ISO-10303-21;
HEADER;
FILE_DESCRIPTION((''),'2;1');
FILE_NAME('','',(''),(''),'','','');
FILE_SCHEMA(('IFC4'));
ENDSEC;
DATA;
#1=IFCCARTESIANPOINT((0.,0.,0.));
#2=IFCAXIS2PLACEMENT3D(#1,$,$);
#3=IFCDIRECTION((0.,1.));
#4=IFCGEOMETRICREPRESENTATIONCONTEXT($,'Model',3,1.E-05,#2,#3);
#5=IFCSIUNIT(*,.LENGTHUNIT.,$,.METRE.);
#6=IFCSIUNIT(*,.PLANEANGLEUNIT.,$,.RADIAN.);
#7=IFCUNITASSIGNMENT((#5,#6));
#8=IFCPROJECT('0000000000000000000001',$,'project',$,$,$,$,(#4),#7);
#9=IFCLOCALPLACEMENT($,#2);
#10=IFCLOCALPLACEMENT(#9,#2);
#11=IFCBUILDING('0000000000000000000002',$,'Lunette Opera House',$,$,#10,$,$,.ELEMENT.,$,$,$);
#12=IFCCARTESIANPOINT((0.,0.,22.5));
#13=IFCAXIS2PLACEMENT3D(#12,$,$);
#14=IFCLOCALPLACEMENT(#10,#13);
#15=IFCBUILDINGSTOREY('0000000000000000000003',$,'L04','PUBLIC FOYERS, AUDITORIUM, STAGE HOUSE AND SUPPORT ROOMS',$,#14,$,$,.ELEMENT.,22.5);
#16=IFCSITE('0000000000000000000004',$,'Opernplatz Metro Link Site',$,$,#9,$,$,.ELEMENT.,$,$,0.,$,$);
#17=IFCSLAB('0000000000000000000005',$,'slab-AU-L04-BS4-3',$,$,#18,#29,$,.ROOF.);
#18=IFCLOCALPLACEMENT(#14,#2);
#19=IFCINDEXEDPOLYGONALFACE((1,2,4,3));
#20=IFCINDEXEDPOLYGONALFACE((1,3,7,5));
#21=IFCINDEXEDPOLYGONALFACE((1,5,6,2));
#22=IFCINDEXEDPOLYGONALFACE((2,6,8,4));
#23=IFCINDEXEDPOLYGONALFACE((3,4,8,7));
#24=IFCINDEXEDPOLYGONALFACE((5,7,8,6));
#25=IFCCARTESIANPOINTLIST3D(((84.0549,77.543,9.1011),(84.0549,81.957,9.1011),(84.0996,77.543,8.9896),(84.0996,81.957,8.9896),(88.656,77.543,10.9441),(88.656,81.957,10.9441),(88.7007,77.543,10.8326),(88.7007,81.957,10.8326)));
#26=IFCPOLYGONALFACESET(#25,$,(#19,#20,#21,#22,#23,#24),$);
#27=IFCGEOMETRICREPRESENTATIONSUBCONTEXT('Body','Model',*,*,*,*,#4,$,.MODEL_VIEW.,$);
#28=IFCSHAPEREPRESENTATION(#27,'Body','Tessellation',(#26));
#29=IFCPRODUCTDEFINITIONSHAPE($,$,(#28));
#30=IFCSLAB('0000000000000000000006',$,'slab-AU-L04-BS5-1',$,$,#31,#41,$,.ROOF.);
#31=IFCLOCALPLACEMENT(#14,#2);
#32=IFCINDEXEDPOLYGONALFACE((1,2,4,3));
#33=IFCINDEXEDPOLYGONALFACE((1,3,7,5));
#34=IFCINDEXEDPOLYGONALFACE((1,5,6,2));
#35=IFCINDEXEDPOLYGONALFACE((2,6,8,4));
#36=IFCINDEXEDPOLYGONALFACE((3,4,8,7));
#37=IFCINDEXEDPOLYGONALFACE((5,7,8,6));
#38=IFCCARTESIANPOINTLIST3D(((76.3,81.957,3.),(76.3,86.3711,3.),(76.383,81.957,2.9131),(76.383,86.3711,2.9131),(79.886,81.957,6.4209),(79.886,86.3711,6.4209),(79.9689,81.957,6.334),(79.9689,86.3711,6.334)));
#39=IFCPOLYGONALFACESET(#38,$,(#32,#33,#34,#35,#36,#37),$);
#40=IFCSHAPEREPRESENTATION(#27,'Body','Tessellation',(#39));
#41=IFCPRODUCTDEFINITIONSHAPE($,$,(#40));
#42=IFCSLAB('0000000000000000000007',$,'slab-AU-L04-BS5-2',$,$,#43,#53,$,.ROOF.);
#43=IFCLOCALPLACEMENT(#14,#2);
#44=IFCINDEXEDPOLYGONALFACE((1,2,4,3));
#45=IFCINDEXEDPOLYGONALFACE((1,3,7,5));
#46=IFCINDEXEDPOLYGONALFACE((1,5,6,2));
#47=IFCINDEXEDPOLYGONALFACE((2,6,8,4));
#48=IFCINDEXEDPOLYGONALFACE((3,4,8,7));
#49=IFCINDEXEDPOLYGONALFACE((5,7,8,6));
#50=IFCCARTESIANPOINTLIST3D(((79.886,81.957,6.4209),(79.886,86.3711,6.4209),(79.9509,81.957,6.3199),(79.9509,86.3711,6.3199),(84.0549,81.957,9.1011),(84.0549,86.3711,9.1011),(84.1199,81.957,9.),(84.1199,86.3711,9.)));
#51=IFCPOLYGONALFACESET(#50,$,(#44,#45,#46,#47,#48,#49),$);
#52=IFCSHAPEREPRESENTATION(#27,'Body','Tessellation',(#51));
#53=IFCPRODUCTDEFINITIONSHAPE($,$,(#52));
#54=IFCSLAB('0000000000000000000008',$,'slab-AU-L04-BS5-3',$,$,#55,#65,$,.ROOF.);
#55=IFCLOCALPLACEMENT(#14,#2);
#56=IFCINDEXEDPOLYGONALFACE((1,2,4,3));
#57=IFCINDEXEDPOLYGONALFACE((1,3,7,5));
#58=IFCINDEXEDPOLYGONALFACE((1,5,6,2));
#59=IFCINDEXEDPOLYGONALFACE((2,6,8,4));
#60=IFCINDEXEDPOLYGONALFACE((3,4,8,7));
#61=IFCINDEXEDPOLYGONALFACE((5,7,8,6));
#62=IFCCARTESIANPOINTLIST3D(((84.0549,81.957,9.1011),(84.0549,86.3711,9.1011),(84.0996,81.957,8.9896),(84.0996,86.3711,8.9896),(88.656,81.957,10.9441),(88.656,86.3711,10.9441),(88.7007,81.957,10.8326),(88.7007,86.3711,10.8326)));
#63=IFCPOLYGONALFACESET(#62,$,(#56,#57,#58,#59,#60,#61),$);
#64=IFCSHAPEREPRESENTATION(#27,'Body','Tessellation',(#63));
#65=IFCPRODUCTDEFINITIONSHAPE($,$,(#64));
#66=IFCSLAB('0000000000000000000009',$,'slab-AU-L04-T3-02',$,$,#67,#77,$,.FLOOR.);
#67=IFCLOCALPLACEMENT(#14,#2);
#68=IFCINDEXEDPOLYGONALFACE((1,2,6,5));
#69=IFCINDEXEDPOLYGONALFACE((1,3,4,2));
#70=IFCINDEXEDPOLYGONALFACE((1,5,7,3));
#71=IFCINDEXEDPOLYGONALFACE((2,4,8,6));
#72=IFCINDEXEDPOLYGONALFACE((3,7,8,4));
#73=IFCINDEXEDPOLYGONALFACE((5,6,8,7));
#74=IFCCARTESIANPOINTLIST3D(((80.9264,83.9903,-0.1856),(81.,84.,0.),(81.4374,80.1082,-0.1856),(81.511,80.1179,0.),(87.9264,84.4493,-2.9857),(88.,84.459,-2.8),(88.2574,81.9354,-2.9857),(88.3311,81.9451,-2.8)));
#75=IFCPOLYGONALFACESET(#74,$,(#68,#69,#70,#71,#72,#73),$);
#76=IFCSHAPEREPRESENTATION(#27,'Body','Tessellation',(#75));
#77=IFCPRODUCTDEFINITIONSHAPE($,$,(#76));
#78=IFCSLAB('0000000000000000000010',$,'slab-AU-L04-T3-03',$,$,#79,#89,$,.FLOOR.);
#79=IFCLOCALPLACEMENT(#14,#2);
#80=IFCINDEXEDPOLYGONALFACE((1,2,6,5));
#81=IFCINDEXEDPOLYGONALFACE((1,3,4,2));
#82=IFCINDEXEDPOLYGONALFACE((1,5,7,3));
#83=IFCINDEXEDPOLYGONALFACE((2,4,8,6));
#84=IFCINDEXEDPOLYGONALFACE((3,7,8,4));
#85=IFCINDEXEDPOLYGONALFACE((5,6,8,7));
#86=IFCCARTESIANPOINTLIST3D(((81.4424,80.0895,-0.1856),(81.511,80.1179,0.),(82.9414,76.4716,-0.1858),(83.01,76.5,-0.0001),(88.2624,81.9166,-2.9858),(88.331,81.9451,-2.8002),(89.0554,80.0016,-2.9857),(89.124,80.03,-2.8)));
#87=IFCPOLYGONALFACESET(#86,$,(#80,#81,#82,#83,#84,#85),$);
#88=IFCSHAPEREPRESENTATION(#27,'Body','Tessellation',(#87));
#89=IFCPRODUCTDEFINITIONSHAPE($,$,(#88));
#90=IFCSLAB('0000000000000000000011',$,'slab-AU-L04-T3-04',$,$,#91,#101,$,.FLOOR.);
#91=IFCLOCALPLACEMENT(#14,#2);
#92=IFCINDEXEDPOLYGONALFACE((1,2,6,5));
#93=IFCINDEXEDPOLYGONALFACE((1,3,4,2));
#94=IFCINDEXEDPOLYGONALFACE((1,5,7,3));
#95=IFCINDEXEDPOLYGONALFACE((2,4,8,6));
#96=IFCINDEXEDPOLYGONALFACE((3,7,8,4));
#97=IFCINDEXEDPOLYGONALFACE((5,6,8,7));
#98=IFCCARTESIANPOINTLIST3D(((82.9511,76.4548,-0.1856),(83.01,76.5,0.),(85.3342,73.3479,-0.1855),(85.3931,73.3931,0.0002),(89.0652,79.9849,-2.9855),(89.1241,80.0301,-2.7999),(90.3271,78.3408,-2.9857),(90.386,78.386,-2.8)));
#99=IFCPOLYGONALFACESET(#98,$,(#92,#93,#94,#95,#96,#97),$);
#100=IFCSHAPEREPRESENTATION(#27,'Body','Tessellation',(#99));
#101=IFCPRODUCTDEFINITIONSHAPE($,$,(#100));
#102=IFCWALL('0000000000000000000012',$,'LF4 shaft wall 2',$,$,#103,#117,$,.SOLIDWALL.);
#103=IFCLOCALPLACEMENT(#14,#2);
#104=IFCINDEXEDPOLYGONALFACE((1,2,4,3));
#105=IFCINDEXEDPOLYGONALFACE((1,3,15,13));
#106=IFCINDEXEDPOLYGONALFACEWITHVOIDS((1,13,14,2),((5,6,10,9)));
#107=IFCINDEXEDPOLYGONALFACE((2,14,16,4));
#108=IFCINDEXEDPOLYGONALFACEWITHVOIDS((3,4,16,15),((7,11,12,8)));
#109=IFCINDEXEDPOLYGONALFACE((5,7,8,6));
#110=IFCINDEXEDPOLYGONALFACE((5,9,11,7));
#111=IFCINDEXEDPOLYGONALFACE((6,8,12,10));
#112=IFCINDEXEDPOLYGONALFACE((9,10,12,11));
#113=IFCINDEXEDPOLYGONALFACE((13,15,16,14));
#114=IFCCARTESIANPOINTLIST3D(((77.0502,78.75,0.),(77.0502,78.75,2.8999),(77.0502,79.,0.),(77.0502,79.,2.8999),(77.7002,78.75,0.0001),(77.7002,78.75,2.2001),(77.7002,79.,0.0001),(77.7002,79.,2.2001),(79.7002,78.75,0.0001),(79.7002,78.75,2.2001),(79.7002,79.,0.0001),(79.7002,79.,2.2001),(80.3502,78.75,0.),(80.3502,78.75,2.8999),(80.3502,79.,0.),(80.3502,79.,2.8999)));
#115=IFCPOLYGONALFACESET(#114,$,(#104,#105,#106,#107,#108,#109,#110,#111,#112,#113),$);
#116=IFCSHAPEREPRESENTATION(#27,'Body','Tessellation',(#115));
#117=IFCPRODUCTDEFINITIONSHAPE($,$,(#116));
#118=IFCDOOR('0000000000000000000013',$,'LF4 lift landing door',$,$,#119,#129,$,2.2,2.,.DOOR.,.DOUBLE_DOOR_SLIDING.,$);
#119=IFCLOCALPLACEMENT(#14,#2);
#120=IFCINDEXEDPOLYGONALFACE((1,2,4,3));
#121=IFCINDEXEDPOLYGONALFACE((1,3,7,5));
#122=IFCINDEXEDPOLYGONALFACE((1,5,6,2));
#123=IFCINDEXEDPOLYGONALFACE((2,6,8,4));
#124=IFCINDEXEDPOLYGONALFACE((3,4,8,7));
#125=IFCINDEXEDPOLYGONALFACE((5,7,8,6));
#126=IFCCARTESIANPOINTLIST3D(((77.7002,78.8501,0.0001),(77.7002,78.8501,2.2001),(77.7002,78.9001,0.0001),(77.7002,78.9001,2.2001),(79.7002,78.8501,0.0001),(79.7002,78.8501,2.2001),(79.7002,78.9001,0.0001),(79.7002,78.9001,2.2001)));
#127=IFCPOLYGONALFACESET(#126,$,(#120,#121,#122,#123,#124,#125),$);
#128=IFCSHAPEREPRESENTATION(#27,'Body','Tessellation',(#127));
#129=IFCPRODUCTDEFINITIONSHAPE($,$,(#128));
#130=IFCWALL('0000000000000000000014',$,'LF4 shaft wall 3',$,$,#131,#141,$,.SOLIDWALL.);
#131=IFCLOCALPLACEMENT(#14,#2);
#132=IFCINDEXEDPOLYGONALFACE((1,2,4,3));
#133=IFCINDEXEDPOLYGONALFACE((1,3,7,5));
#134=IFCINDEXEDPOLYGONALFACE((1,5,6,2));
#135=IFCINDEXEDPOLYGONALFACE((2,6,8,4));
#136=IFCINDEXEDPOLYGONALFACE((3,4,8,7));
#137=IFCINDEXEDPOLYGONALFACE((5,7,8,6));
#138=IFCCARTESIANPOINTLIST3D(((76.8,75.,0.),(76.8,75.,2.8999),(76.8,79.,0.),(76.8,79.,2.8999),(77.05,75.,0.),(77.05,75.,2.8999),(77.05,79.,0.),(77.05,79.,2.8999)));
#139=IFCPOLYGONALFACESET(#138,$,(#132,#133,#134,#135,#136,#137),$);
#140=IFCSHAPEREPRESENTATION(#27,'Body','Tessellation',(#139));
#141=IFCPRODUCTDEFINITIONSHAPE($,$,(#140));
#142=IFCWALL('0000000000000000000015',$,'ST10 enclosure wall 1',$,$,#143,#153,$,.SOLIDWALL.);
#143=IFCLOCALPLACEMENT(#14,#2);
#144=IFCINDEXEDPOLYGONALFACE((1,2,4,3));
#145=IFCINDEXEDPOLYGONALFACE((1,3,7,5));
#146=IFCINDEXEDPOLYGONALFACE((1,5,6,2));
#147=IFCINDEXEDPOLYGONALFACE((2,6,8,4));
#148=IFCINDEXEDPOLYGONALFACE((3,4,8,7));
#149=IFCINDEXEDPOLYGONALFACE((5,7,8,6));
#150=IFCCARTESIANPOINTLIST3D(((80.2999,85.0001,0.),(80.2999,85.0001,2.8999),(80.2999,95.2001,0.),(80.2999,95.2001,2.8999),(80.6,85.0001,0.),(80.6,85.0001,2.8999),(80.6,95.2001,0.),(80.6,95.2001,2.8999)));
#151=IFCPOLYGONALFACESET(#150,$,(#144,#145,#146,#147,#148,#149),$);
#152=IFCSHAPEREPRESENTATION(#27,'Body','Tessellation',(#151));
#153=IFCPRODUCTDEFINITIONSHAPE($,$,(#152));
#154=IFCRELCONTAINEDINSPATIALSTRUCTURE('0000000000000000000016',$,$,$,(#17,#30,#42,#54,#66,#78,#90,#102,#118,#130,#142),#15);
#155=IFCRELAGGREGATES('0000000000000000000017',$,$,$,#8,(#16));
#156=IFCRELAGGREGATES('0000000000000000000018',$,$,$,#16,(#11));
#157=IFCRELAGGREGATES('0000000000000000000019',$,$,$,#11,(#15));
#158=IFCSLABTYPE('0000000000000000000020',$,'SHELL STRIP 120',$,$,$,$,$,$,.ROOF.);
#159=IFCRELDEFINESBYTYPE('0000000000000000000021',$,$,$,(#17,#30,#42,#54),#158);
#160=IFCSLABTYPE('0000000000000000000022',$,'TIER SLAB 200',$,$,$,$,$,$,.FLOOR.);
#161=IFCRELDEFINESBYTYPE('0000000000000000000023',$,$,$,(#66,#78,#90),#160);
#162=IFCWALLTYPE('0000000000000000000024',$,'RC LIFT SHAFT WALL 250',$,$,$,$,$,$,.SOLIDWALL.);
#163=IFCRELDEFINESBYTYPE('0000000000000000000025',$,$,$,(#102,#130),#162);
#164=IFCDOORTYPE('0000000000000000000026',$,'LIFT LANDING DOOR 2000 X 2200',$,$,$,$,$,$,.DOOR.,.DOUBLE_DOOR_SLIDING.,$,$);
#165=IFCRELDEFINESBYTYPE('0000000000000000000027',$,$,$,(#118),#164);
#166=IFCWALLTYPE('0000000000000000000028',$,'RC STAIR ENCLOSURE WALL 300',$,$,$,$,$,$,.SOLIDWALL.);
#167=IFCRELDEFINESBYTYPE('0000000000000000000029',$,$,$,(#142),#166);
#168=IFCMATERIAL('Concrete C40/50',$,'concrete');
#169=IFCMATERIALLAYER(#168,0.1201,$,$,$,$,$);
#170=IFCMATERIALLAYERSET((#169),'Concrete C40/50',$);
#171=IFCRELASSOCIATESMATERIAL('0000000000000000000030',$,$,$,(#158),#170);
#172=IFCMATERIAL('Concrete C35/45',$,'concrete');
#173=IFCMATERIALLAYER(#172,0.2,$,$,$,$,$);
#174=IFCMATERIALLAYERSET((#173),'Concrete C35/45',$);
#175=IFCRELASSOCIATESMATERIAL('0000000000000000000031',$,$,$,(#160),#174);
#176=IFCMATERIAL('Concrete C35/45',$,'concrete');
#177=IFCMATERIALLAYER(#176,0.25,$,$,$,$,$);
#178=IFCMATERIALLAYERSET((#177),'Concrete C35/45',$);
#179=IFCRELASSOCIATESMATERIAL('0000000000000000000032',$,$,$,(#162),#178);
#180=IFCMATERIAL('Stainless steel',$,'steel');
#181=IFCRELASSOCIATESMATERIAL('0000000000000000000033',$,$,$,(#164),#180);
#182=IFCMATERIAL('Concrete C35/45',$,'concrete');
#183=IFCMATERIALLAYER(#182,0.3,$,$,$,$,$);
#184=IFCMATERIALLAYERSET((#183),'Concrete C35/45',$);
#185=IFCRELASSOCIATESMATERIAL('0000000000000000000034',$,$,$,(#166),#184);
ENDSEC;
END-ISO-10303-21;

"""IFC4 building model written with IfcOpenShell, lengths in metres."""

from ifc_helpers import new_model, si_unit, direction, frame, frame_2d, origin, place, context, subcontext, project, spatial, polyline, rectangle, outline, extrude, material, layer, layer_set, type_object, element, fill, save


model = new_model("IFC4")

# Units and contexts
model_context = context("Model", 3, precision=1e-05, world=origin(), true_north=direction((0.0, 1.0)))
body_context = subcontext(model_context, "Body", "Model", "MODEL_VIEW")
ifc_project = project(units=[si_unit("LENGTHUNIT", "METRE"), si_unit("PLANEANGLEUNIT", "RADIAN")], contexts=[model_context])

# Site, building, storey
site_placement = place(None, origin())
site = spatial("IfcSite", under=ifc_project, at=site_placement, Name="Opernplatz Metro Link Site", CompositionType="ELEMENT", RefElevation=0.0)
building_placement = place(site_placement, origin())
building = spatial("IfcBuilding", under=site, at=building_placement, Name="Lunette Opera House", CompositionType="ELEMENT")
storey_placement = place(building_placement, frame((0.0, 0.0, 22.5)))
storey = spatial("IfcBuildingStorey", under=building, at=storey_placement, Name="L04", Description="PUBLIC FOYERS, AUDITORIUM, STAGE HOUSE AND SUPPORT ROOMS", CompositionType="ELEMENT", Elevation=22.5)

# Slabs
ifc_material_1 = material(Name="Concrete C40/50", Category="concrete")
ifc_layer_1 = layer(ifc_material_1, 0.1201)
ifc_layer_set_1 = layer_set([ifc_layer_1], Name="Concrete C40/50")
slab_type_1 = type_object("IfcSlabType", Name="SHELL STRIP 120", PredefinedType="ROOF", material=ifc_layer_set_1)
slab_1_placement = place(storey_placement, frame((84.0549, 77.543, 9.1011), z_axis=(-0.371841, 0.0, 0.928297), x_axis=(0.928297, 0.0, 0.371841)))
element("IfcSlab", 1, at=slab_1_placement, inside=storey, type_object=slab_type_1, Name="slab-AU-L04-BS4-3", PredefinedType="ROOF", context=body_context, shape_type="SweptSolid", body=[
    extrude(outline(polyline([(0.0, 0.0), (4.9565, 0.0), (4.9565, 4.4141), (0.0, 4.4141), (0.0, 0.0)])), origin(), (0.0, 0.0, -1.0), 0.1201),
])
slab_2_placement = place(storey_placement, frame((76.3, 81.957, 3.0), z_axis=(-0.69026, 0.0, 0.723561), x_axis=(0.723561, 0.0, 0.69026)))
element("IfcSlab", 2, at=slab_2_placement, inside=storey, type_object=slab_type_1, Name="slab-AU-L04-BS5-1", PredefinedType="ROOF", context=body_context, shape_type="SweptSolid", body=[
    extrude(outline(polyline([(0.0, 0.0), (4.956, 0.0), (4.956, 4.4141), (0.0, 4.4141), (0.0, 0.0)])), origin(), (0.0, 0.0, -1.0), 0.1201),
])
slab_3_placement = place(storey_placement, frame((79.886, 81.957, 6.4209), z_axis=(-0.540778, 0.0, 0.841166), x_axis=(0.841166, 0.0, 0.540778)))
element("IfcSlab", 3, at=slab_3_placement, inside=storey, type_object=slab_type_1, Name="slab-AU-L04-BS5-2", PredefinedType="ROOF", context=body_context, shape_type="SweptSolid", body=[
    extrude(outline(polyline([(0.0, 0.0), (4.9562, 0.0), (4.9562, 4.4141), (0.0, 4.4141), (0.0, 0.0)])), origin(), (0.0, 0.0, -1.0), 0.1201),
])
slab_4_placement = place(storey_placement, frame((84.0549, 81.957, 9.1011), z_axis=(-0.371841, 0.0, 0.928297), x_axis=(0.928297, 0.0, 0.371841)))
element("IfcSlab", 4, at=slab_4_placement, inside=storey, type_object=slab_type_1, Name="slab-AU-L04-BS5-3", PredefinedType="ROOF", context=body_context, shape_type="SweptSolid", body=[
    extrude(outline(polyline([(0.0, 0.0), (4.9565, 0.0), (4.9565, 4.4141), (0.0, 4.4141), (0.0, 0.0)])), origin(), (0.0, 0.0, -1.0), 0.1201),
])
ifc_material_2 = material(Name="Concrete C35/45", Category="concrete")
ifc_layer_2 = layer(ifc_material_2, 0.2)
ifc_layer_set_2 = layer_set([ifc_layer_2], Name="Concrete C35/45")
slab_type_2 = type_object("IfcSlabType", Name="TIER SLAB 200", PredefinedType="FLOOR", material=ifc_layer_set_2)
slab_5_placement = place(storey_placement, frame((81.0, 84.0, 0.0), z_axis=(0.368214, 0.048476, 0.928477), x_axis=(0.130505, -0.991448, 0.000008)))
element("IfcSlab", 5, at=slab_5_placement, inside=storey, type_object=slab_type_2, Name="slab-AU-L04-T3-02", PredefinedType="FLOOR", context=body_context, shape_type="SweptSolid", body=[
    extrude(outline(polyline([(0.0, 0.0), (3.9156, 0.0), (2.9941, 7.5394), (0.4584, 7.5393), (0.0, 0.0)])), origin(), (0.0, 0.0, -1.0), 0.2),
])
slab_6_placement = place(storey_placement, frame((81.511, 80.1179, 0.0), z_axis=(0.343129, 0.142139, 0.928471), x_axis=(0.382768, -0.923845, -0.000026)))
element("IfcSlab", 6, at=slab_6_placement, inside=storey, type_object=slab_type_2, Name="slab-AU-L04-T3-03", PredefinedType="FLOOR", context=body_context, shape_type="SweptSolid", body=[
    extrude(outline(polyline([(0.0, 0.0), (3.9162, 0.0), (2.9953, 7.5389), (0.9226, 7.5393), (0.0, 0.0)])), origin(), (0.0, 0.0, -1.0), 0.2),
])
slab_7_placement = place(storey_placement, frame((83.01, 76.5, 0.0), z_axis=(0.294661, 0.226069, 0.928476), x_axis=(0.608618, -0.793463, 0.000044)))
element("IfcSlab", 7, at=slab_7_placement, inside=storey, type_object=slab_type_2, Name="slab-AU-L04-T3-04", PredefinedType="FLOOR", context=body_context, shape_type="SweptSolid", body=[
    extrude(outline(polyline([(0.0, 0.0), (3.9156, 0.0), (2.9926, 7.5397), (0.92, 7.539), (0.0, 0.0)])), origin(), (0.0, 0.0, -1.0), 0.2),
])

# Wall, opening, door
ifc_material_3 = material(Name="Concrete C35/45", Category="concrete")
ifc_layer_3 = layer(ifc_material_3, 0.25)
ifc_layer_set_3 = layer_set([ifc_layer_3], Name="Concrete C35/45")
wall_type_1 = type_object("IfcWallType", Name="RC LIFT SHAFT WALL 250", PredefinedType="SOLIDWALL", material=ifc_layer_set_3)
wall_1_placement = place(storey_placement, frame((80.3501, 78.875, 0.0), z_axis=(0.0, 0.0, 1.0), x_axis=(-1.0, 0.0, 0.0)))
wall_1 = element("IfcWall", 8, at=wall_1_placement, inside=storey, type_object=wall_type_1, Name="LF4 shaft wall 2", PredefinedType="SOLIDWALL", context=body_context, shape_type="SweptSolid", body=[
    extrude(rectangle(XDim=3.3, YDim=0.25, at=frame_2d((1.6499, 0.0))), origin(), (0.0, 0.0, 1.0), 2.8999),
])
opening_1_placement = place(wall_1_placement, frame((0.6499, 0.0, 0.0)))
opening_1 = element("IfcOpeningElement", 9, at=opening_1_placement, cuts=wall_1, PredefinedType="OPENING", context=body_context, shape_type="SweptSolid", body=[
    extrude(rectangle(XDim=2.0, YDim=2.2, at=frame_2d((1.0, 1.1001))), frame((0.0, 0.137, 0.0), z_axis=(0.0, -1.0, 0.0), x_axis=(1.0, 0.0, 0.0)), (0.0, 0.0, 1.0), 0.2739),
])
ifc_material_4 = material(Name="Stainless steel", Category="steel")
door_type_1 = type_object("IfcDoorType", Name="LIFT LANDING DOOR 2000 X 2200", OperationType="DOUBLE_DOOR_SLIDING", PredefinedType="DOOR", material=ifc_material_4)
door_1_placement = place(opening_1_placement, origin())
door_1 = element("IfcDoor", 10, at=door_1_placement, inside=storey, type_object=door_type_1, Name="LF4 lift landing door", OperationType="DOUBLE_DOOR_SLIDING", OverallHeight=2.2, OverallWidth=2.0, PredefinedType="DOOR", context=body_context, shape_type="SweptSolid", body=[
    extrude(rectangle(XDim=2.0, YDim=2.2, at=frame_2d((1.0, 1.1001))), frame((0.0, 0.0249, 0.0), z_axis=(0.0, -1.0, 0.0), x_axis=(1.0, 0.0, 0.0)), (0.0, 0.0, 1.0), 0.05),
])
fill(opening_1, door_1)

# Walls
wall_2_placement = place(storey_placement, frame((76.925, 79.0, 0.0), z_axis=(0.0, 0.0, 1.0), x_axis=(0.0, -1.0, 0.0)))
element("IfcWall", 11, at=wall_2_placement, inside=storey, type_object=wall_type_1, Name="LF4 shaft wall 3", PredefinedType="SOLIDWALL", context=body_context, shape_type="SweptSolid", body=[
    extrude(rectangle(XDim=4.0, YDim=0.25, at=frame_2d((2.0, 0.0))), origin(), (0.0, 0.0, 1.0), 2.8999),
])
ifc_material_5 = material(Name="Concrete C35/45", Category="concrete")
ifc_layer_4 = layer(ifc_material_5, 0.3)
ifc_layer_set_4 = layer_set([ifc_layer_4], Name="Concrete C35/45")
wall_type_2 = type_object("IfcWallType", Name="RC STAIR ENCLOSURE WALL 300", PredefinedType="SOLIDWALL", material=ifc_layer_set_4)
wall_3_placement = place(storey_placement, frame((80.45, 85.0, 0.0), z_axis=(0.0, 0.0, 1.0), x_axis=(0.0, 1.0, 0.0)))
element("IfcWall", 12, at=wall_3_placement, inside=storey, type_object=wall_type_2, Name="ST10 enclosure wall 1", PredefinedType="SOLIDWALL", context=body_context, shape_type="SweptSolid", body=[
    extrude(rectangle(XDim=10.2, YDim=0.3, at=frame_2d((5.1001, 0.0))), origin(), (0.0, 0.0, 1.0), 2.8999),
])

save(model, "model.ifc")
